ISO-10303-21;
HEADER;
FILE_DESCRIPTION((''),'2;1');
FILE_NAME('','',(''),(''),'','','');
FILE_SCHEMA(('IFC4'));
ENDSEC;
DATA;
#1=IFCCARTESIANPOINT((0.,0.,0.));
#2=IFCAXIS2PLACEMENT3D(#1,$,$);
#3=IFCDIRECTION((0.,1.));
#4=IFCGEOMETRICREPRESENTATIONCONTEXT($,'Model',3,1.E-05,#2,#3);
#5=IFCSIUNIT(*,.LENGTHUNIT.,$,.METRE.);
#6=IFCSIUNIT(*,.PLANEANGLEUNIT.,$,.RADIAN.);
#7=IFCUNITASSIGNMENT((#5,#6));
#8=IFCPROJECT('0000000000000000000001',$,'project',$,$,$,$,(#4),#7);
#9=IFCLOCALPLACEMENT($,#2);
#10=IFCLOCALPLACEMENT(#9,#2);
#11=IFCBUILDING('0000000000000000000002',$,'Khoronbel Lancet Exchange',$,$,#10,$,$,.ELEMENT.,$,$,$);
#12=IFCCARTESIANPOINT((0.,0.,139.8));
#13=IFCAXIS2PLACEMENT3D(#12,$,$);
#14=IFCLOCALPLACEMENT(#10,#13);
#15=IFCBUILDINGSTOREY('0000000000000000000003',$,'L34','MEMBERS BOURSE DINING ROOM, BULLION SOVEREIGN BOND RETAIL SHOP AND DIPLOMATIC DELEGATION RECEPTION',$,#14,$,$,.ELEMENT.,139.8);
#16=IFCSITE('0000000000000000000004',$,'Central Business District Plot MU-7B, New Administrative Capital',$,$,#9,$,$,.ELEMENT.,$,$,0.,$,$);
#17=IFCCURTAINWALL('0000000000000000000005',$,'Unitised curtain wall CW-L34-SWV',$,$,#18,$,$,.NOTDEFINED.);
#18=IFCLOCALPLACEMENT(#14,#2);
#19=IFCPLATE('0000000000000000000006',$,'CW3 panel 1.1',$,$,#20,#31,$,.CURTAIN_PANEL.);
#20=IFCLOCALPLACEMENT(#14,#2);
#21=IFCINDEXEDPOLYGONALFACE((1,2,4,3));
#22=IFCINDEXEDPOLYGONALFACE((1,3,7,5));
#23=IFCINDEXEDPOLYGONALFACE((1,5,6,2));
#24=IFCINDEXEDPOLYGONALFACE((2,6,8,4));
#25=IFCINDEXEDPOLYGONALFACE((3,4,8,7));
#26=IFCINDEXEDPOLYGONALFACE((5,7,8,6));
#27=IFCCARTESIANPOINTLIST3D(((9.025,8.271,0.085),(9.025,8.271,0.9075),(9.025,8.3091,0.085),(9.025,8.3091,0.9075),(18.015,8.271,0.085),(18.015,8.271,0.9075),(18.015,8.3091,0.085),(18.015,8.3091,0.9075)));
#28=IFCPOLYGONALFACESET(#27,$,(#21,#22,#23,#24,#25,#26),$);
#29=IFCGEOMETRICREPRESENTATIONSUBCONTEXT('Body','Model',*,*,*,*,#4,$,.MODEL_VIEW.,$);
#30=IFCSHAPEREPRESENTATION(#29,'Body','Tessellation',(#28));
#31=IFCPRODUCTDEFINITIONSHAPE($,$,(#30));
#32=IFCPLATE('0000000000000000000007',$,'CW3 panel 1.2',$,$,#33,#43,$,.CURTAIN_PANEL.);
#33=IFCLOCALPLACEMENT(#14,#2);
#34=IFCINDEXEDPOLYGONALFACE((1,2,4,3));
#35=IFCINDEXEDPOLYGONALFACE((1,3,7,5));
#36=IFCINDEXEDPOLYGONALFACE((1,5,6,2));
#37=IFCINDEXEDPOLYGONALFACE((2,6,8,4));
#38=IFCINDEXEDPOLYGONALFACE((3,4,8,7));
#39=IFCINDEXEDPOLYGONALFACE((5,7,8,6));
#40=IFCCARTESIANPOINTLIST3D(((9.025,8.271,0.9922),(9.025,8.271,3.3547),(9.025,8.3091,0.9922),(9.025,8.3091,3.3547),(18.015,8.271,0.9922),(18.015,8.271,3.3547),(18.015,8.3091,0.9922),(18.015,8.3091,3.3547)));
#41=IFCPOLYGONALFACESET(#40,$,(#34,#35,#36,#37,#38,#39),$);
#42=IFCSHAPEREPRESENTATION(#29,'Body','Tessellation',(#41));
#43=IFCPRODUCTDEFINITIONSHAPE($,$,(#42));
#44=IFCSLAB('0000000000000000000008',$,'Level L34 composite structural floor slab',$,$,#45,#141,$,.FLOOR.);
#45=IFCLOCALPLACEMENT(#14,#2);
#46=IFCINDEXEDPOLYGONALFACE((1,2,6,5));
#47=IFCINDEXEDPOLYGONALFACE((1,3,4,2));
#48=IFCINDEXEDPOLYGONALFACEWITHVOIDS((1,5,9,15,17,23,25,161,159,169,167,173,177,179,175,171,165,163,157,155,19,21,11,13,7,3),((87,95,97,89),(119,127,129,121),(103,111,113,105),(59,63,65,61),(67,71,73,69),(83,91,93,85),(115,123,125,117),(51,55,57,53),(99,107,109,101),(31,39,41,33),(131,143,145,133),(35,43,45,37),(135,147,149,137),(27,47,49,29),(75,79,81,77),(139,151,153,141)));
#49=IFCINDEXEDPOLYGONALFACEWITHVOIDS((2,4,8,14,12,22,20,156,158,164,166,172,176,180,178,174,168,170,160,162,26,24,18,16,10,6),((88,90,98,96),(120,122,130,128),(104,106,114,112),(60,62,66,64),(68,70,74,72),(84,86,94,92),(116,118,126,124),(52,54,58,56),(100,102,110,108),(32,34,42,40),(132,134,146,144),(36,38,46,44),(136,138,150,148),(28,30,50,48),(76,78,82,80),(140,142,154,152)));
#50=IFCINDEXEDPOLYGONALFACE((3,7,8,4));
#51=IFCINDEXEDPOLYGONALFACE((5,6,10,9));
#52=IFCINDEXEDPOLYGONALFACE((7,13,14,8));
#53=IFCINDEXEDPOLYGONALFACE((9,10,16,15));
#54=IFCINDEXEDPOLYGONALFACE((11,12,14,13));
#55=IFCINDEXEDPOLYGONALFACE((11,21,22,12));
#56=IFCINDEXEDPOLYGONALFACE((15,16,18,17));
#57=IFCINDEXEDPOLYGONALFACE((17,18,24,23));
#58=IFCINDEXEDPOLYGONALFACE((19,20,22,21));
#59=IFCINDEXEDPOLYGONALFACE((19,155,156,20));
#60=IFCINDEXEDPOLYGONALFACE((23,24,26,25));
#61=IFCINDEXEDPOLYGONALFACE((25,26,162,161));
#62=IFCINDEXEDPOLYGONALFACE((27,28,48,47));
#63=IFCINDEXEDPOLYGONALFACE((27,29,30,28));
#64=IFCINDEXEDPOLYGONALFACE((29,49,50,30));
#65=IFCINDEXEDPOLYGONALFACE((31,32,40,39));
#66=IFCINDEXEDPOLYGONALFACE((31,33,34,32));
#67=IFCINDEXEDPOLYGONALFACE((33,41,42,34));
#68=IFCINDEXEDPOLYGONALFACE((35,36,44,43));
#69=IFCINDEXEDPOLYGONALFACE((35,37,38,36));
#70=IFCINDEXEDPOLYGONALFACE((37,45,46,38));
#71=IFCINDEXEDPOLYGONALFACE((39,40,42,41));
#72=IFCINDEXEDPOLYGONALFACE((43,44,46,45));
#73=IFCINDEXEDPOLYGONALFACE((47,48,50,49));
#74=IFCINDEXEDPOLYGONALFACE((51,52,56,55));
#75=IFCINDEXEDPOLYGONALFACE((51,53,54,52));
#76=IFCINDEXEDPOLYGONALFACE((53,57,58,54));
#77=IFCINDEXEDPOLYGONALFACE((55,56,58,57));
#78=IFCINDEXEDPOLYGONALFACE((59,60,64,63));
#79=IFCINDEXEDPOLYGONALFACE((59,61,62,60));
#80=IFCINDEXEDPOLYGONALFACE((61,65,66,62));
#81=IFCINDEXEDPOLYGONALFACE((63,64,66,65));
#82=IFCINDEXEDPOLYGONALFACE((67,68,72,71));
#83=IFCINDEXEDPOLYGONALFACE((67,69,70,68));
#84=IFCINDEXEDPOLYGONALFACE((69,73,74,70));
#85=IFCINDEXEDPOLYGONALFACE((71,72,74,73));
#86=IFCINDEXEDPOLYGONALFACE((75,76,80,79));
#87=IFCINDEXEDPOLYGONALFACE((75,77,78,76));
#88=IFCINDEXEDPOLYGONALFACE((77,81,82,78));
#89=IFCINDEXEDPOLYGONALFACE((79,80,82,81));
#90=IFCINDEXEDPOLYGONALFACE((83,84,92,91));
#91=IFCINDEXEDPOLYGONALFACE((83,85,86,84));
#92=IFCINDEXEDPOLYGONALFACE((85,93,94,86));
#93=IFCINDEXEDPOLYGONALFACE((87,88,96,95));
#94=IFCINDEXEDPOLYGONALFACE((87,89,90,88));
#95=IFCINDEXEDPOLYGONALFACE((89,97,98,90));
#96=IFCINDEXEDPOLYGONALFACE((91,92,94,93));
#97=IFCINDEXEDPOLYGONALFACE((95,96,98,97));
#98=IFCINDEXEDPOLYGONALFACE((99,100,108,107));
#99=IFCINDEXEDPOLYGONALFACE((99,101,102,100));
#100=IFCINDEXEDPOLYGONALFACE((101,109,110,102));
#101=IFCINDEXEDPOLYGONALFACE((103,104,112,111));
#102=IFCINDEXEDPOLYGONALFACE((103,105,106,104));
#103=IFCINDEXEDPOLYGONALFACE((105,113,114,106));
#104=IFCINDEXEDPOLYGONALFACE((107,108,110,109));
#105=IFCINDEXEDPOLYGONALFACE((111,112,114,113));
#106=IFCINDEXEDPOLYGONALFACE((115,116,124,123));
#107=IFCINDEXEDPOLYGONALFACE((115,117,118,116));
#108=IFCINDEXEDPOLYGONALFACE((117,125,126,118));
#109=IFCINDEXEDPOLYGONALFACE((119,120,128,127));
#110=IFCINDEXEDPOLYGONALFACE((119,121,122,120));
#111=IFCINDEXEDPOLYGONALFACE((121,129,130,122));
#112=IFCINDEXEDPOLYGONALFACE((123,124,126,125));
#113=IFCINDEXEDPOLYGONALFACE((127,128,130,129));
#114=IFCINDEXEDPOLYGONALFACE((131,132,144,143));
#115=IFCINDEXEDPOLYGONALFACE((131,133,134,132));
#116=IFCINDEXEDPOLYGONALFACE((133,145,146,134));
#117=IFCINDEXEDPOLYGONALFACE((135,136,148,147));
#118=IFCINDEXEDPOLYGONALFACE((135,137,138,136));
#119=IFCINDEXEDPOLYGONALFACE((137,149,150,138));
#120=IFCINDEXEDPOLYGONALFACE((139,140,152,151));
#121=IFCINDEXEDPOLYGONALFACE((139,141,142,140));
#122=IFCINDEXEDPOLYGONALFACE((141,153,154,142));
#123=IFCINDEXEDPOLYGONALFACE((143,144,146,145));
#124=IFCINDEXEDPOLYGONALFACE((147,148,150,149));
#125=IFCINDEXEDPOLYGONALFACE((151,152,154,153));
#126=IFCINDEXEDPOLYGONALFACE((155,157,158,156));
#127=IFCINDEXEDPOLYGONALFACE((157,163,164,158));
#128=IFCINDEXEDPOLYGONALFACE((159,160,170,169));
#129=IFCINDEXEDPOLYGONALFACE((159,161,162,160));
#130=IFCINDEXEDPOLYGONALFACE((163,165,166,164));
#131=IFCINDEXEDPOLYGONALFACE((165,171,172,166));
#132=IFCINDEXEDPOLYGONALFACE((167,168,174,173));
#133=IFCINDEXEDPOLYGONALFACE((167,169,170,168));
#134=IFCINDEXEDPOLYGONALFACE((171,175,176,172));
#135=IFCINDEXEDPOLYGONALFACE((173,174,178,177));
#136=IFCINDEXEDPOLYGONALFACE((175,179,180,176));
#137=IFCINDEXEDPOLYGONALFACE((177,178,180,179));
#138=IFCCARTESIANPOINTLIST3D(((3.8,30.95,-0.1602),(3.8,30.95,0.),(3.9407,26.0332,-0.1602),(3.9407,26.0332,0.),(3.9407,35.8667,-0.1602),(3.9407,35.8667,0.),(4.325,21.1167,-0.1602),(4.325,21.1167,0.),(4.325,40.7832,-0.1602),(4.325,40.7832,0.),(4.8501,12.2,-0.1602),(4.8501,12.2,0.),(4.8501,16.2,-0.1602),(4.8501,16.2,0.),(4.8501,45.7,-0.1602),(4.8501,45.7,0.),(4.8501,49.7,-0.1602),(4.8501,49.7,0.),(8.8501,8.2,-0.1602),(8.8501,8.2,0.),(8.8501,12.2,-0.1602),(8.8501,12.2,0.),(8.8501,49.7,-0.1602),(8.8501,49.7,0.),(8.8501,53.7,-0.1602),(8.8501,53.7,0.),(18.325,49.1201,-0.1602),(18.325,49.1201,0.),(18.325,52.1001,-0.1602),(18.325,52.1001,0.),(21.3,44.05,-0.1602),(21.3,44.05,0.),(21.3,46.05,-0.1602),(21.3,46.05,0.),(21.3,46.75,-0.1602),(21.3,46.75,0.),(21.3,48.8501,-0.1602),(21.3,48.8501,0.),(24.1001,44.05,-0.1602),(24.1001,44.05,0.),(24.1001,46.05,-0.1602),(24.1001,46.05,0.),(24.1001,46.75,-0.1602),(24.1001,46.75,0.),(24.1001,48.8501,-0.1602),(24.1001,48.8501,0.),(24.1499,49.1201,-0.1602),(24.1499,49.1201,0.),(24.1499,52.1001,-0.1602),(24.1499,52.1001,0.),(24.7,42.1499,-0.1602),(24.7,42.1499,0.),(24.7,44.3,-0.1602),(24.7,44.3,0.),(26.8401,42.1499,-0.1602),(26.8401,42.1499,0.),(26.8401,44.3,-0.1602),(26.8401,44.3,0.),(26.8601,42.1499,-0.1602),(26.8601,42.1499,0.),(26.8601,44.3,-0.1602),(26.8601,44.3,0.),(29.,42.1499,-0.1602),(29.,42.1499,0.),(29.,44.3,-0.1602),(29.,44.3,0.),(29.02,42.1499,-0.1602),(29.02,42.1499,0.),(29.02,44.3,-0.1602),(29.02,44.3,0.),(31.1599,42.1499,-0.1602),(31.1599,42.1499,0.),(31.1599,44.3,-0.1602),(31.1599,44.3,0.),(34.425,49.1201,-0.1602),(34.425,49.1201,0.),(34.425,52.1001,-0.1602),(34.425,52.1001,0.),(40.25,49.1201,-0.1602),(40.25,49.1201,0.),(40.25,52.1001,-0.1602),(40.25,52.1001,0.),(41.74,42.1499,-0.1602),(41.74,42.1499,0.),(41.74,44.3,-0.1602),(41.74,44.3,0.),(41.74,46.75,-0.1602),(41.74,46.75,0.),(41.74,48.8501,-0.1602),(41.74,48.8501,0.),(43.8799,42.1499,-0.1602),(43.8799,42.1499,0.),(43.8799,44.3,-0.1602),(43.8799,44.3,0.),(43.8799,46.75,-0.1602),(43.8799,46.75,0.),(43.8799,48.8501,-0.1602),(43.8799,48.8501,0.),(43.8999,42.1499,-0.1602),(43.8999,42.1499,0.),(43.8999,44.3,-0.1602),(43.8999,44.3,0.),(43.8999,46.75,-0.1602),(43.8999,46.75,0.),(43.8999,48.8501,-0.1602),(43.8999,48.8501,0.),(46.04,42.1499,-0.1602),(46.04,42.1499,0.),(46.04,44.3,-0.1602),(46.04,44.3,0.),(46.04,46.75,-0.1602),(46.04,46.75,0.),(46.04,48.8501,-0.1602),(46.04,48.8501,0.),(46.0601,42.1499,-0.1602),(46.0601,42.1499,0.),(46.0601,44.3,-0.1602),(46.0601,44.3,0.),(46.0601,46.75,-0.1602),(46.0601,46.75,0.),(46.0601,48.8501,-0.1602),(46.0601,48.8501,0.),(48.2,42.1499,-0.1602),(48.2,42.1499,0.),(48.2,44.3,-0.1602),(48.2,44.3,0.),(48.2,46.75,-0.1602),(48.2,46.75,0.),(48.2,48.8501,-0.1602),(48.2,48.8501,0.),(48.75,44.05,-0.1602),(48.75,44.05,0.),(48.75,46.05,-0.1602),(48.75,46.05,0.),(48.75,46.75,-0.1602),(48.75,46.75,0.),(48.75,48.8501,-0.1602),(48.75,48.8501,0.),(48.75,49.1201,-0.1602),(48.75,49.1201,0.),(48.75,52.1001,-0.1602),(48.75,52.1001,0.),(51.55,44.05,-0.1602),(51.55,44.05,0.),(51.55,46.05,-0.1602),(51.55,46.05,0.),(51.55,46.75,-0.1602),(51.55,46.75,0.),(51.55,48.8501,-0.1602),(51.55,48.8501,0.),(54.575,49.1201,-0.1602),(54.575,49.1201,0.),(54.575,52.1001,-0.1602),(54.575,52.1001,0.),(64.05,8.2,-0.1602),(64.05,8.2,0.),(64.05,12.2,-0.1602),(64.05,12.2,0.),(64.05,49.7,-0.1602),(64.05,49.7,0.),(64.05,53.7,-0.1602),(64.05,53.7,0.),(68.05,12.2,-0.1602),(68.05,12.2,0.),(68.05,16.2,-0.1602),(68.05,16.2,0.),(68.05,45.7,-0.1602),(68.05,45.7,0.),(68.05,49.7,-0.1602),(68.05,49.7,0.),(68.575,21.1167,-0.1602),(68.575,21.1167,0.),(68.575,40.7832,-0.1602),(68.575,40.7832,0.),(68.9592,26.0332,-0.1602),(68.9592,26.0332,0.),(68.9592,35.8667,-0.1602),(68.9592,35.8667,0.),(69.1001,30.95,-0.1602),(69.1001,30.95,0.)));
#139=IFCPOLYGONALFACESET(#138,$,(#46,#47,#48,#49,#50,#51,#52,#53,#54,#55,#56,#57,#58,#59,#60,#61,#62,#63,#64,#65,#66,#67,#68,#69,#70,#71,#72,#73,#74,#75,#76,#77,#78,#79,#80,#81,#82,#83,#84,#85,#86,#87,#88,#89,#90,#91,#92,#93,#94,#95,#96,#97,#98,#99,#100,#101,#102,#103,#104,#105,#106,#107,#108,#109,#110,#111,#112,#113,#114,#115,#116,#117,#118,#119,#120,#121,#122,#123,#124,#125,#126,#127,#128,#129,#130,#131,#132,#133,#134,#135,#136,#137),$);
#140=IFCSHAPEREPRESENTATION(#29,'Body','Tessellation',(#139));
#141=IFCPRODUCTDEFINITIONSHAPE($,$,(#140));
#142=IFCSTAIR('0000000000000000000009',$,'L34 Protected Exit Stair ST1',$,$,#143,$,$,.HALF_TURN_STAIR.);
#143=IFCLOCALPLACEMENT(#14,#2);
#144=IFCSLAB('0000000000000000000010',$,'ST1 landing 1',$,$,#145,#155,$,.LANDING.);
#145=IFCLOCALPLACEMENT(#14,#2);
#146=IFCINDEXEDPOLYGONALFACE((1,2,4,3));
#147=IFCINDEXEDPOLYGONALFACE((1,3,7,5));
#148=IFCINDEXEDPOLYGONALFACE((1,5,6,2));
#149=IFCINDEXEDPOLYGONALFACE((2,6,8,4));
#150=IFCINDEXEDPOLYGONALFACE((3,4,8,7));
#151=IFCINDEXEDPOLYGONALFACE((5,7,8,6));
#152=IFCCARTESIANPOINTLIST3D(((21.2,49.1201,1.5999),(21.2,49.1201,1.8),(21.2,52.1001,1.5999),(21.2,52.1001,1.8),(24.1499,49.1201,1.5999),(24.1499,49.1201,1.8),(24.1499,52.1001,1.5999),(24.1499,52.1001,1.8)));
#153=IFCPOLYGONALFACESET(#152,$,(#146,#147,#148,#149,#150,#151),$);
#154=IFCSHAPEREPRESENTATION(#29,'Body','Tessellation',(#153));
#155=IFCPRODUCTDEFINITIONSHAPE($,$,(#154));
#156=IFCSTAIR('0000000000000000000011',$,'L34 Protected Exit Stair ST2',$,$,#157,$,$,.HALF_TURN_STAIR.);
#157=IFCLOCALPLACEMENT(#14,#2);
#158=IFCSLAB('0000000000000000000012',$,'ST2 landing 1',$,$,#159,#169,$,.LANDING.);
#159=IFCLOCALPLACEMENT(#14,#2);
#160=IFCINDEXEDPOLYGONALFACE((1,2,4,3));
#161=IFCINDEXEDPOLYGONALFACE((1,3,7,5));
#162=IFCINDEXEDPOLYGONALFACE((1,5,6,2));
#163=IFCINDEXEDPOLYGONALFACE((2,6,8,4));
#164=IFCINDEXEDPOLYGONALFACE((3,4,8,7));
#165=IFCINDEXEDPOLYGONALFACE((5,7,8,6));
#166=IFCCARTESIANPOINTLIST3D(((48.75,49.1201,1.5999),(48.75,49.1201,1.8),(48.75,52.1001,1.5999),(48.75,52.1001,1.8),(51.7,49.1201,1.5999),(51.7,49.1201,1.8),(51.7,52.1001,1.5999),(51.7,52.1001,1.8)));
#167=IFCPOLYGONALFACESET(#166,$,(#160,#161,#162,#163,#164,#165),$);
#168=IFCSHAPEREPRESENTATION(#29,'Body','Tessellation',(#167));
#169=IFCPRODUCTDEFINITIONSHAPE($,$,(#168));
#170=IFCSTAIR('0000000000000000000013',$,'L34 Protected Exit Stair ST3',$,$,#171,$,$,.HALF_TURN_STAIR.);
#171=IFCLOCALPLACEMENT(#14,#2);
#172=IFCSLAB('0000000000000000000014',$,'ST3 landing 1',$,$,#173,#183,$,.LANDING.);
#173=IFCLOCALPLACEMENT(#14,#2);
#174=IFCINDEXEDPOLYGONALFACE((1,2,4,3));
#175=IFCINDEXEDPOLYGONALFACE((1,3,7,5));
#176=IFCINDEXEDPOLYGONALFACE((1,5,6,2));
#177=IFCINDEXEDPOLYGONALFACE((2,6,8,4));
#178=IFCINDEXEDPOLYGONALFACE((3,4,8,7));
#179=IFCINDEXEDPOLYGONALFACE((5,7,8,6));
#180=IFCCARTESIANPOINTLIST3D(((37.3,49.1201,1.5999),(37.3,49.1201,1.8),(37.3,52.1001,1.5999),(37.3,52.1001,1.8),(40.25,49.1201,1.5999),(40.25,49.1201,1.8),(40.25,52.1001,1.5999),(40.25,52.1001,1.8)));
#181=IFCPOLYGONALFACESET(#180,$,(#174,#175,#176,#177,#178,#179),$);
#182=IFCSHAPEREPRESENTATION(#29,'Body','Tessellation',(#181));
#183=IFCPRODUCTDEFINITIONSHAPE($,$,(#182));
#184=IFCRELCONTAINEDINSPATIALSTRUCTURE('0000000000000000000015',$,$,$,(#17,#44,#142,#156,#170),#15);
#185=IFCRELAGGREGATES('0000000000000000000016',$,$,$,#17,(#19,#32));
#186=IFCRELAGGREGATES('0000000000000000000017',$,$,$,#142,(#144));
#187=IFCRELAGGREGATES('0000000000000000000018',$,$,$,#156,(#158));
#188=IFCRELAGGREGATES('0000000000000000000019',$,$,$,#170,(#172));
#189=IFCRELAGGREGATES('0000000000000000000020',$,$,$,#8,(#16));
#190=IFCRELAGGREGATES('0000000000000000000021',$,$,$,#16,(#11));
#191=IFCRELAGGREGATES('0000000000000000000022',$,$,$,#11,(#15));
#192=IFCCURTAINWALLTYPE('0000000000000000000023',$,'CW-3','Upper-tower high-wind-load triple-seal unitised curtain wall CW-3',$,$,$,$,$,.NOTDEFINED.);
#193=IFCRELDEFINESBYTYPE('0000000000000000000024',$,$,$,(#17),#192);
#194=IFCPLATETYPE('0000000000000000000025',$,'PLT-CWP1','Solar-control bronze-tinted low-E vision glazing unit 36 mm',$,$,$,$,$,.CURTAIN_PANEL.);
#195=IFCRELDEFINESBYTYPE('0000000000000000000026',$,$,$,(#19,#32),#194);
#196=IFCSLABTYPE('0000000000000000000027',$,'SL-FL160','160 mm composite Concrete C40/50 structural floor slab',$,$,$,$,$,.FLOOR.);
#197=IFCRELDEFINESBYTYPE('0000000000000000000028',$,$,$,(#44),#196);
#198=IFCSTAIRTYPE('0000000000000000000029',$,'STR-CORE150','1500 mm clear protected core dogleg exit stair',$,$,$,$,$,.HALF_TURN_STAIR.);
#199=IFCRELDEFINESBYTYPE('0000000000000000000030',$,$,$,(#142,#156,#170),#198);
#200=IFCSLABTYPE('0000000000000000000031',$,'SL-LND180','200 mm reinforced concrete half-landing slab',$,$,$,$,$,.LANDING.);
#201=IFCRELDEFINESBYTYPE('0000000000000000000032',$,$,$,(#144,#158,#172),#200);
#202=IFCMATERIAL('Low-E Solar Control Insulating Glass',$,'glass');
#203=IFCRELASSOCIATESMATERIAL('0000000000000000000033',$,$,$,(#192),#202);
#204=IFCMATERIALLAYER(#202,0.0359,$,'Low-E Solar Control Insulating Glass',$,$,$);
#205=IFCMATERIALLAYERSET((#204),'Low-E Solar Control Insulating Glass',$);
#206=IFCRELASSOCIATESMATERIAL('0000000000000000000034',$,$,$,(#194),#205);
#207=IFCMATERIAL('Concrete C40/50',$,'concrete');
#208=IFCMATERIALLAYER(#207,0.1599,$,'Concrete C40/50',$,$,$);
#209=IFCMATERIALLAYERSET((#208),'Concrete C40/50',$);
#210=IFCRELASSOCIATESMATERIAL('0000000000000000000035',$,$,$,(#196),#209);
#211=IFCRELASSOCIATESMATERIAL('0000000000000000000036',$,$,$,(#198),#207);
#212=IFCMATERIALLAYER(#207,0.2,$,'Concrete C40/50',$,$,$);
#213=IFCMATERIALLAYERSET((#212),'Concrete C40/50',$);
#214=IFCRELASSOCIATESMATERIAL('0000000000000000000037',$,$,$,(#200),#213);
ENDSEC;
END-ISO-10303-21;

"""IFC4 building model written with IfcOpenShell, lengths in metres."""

from ifc_helpers import new_model, si_unit, direction, frame, origin, origin_2d, place, context, subcontext, project, spatial, polyline, rectangle, outline, extrude, material, layer, layer_set, type_object, element, aggregate, save


model = new_model("IFC4")

# Units and contexts
model_context = context("Model", 3, precision=1e-05, world=origin(), true_north=direction((0.0, 1.0)))
body_context = subcontext(model_context, "Body", "Model", "MODEL_VIEW")
ifc_project = project(units=[si_unit("LENGTHUNIT", "METRE"), si_unit("PLANEANGLEUNIT", "RADIAN")], contexts=[model_context])

# Site, building, storey
site_placement = place(None, origin())
site = spatial("IfcSite", under=ifc_project, at=site_placement, Name="Central Business District Plot MU-7B, New Administrative Capital", CompositionType="ELEMENT", RefElevation=0.0)
building_placement = place(site_placement, origin())
building = spatial("IfcBuilding", under=site, at=building_placement, Name="Khoronbel Lancet Exchange", CompositionType="ELEMENT")
storey_placement = place(building_placement, frame((0.0, 0.0, 139.8)))
storey = spatial("IfcBuildingStorey", under=building, at=storey_placement, Name="L34", Description="MEMBERS BOURSE DINING ROOM, BULLION SOVEREIGN BOND RETAIL SHOP AND DIPLOMATIC DELEGATION RECEPTION", CompositionType="ELEMENT", Elevation=139.8)

# Curtain wall
ifc_material_1 = material(Name="Low-E Solar Control Insulating Glass", Category="glass")
curtain_wall_type = type_object("IfcCurtainWallType", Name="CW-3", Description="Upper-tower high-wind-load triple-seal unitised curtain wall CW-3", PredefinedType="NOTDEFINED", material=ifc_material_1)
curtain_wall_1_placement = place(storey_placement, origin())
curtain_wall_1 = element("IfcCurtainWall", 1, at=curtain_wall_1_placement, inside=storey, type_object=curtain_wall_type, Name="Unitised curtain wall CW-L34-SWV", PredefinedType="NOTDEFINED")

# Plates
ifc_layer_1 = layer(ifc_material_1, 0.0359, Name="Low-E Solar Control Insulating Glass")
ifc_layer_set_1 = layer_set([ifc_layer_1], Name="Low-E Solar Control Insulating Glass")
plate_type = type_object("IfcPlateType", Name="PLT-CWP1", Description="Solar-control bronze-tinted low-E vision glazing unit 36 mm", PredefinedType="CURTAIN_PANEL", material=ifc_layer_set_1)
plate_1_placement = place(storey_placement, frame((13.52, 8.29, 0.085), z_axis=(0.0, 0.0, 1.0), x_axis=(1.0, 0.0, 0.0)))
plate_1 = element("IfcPlate", 2, at=plate_1_placement, type_object=plate_type, Name="CW3 panel 1.1", PredefinedType="CURTAIN_PANEL", context=body_context, shape_type="SweptSolid", body=[
    extrude(rectangle(XDim=8.99, YDim=0.0381, at=origin_2d()), origin(), (0.0, 0.0, 1.0), 0.8225),
])
plate_2_placement = place(storey_placement, frame((13.52, 8.29, 0.9922), z_axis=(0.0, 0.0, 1.0), x_axis=(1.0, 0.0, 0.0)))
plate_2 = element("IfcPlate", 3, at=plate_2_placement, type_object=plate_type, Name="CW3 panel 1.2", PredefinedType="CURTAIN_PANEL", context=body_context, shape_type="SweptSolid", body=[
    extrude(rectangle(XDim=8.99, YDim=0.0381, at=origin_2d()), origin(), (0.0, 0.0, 1.0), 2.3625),
])
aggregate(curtain_wall_1, [plate_1, plate_2])

# Slab
ifc_material_2 = material(Name="Concrete C40/50", Category="concrete")
ifc_layer_2 = layer(ifc_material_2, 0.1599, Name="Concrete C40/50")
ifc_layer_set_2 = layer_set([ifc_layer_2], Name="Concrete C40/50")
slab_type_1 = type_object("IfcSlabType", Name="SL-FL160", Description="160 mm composite Concrete C40/50 structural floor slab", PredefinedType="FLOOR", material=ifc_layer_set_2)
slab_1_placement = place(storey_placement, frame((0.0, 0.0, -0.1602)))
element("IfcSlab", 4, at=slab_1_placement, inside=storey, type_object=slab_type_1, Name="Level L34 composite structural floor slab", PredefinedType="FLOOR", context=body_context, shape_type="SweptSolid", body=[
    extrude(outline(polyline([(8.8501, 8.2), (64.05, 8.2), (64.05, 12.2), (68.05, 12.2), (68.05, 16.2), (68.575, 21.1167), (68.9592, 26.0332), (69.1001, 30.95), (68.9592, 35.8667), (68.575, 40.7832), (68.05, 45.7), (68.05, 49.7), (64.05, 49.7), (64.05, 53.7), (8.8501, 53.7), (8.8501, 49.7), (4.8501, 49.7), (4.8501, 45.7), (4.325, 40.7832), (3.9407, 35.8667), (3.8, 30.95), (3.9407, 26.0332), (4.325, 21.1167), (4.8501, 16.2), (4.8501, 12.2), (8.8501, 12.2), (8.8501, 8.2)]), holes=[polyline([(18.325, 49.1201), (24.1499, 49.1201), (24.1499, 52.1001), (18.325, 52.1001), (18.325, 49.1201)]), polyline([(48.75, 49.1201), (54.575, 49.1201), (54.575, 52.1001), (48.75, 52.1001), (48.75, 49.1201)]), polyline([(34.425, 49.1201), (40.25, 49.1201), (40.25, 52.1001), (34.425, 52.1001), (34.425, 49.1201)]), polyline([(24.7, 42.1499), (26.8401, 42.1499), (26.8401, 44.3), (24.7, 44.3), (24.7, 42.1499)]), polyline([(26.8601, 42.1499), (29.0, 42.1499), (29.0, 44.3), (26.8601, 44.3), (26.8601, 42.1499)]), polyline([(29.02, 42.1499), (31.1599, 42.1499), (31.1599, 44.3), (29.02, 44.3), (29.02, 42.1499)]), polyline([(41.74, 46.75), (43.8799, 46.75), (43.8799, 48.8501), (41.74, 48.8501), (41.74, 46.75)]), polyline([(43.8999, 46.75), (46.04, 46.75), (46.04, 48.8501), (43.8999, 48.8501), (43.8999, 46.75)]), polyline([(46.0601, 46.75), (48.2, 46.75), (48.2, 48.8501), (46.0601, 48.8501), (46.0601, 46.75)]), polyline([(41.74, 42.1499), (43.8799, 42.1499), (43.8799, 44.3), (41.74, 44.3), (41.74, 42.1499)]), polyline([(43.8999, 42.1499), (46.04, 42.1499), (46.04, 44.3), (43.8999, 44.3), (43.8999, 42.1499)]), polyline([(46.0601, 42.1499), (48.2, 42.1499), (48.2, 44.3), (46.0601, 44.3), (46.0601, 42.1499)]), polyline([(21.3, 46.75), (24.1001, 46.75), (24.1001, 48.8501), (21.3, 48.8501), (21.3, 46.75)]), polyline([(48.75, 46.75), (51.55, 46.75), (51.55, 48.8501), (48.75, 48.8501), (48.75, 46.75)]), polyline([(21.3, 44.05), (24.1001, 44.05), (24.1001, 46.05), (21.3, 46.05), (21.3, 44.05)]), polyline([(48.75, 44.05), (51.55, 44.05), (51.55, 46.05), (48.75, 46.05), (48.75, 44.05)])]), origin(), (0.0, 0.0, 1.0), 0.1602),
])

# Stairs, slabs
stair_type = type_object("IfcStairType", Name="STR-CORE150", Description="1500 mm clear protected core dogleg exit stair", PredefinedType="HALF_TURN_STAIR", material=ifc_material_2)
stair_1_placement = place(storey_placement, origin())
stair_1 = element("IfcStair", 5, at=stair_1_placement, inside=storey, type_object=stair_type, Name="L34 Protected Exit Stair ST1", PredefinedType="HALF_TURN_STAIR")
ifc_layer_3 = layer(ifc_material_2, 0.2, Name="Concrete C40/50")
ifc_layer_set_3 = layer_set([ifc_layer_3], Name="Concrete C40/50")
slab_type_2 = type_object("IfcSlabType", Name="SL-LND180", Description="200 mm reinforced concrete half-landing slab", PredefinedType="LANDING", material=ifc_layer_set_3)
slab_2_placement = place(storey_placement, frame((0.0, 0.0, 1.5999)))
slab_2 = element("IfcSlab", 6, at=slab_2_placement, type_object=slab_type_2, Name="ST1 landing 1", PredefinedType="LANDING", context=body_context, shape_type="SweptSolid", body=[
    extrude(outline(polyline([(21.2, 49.1201), (24.1499, 49.1201), (24.1499, 52.1001), (21.2, 52.1001), (21.2, 49.1201)])), origin(), (0.0, 0.0, 1.0), 0.2002),
])
aggregate(stair_1, [slab_2])
stair_2_placement = place(storey_placement, origin())
stair_2 = element("IfcStair", 7, at=stair_2_placement, inside=storey, type_object=stair_type, Name="L34 Protected Exit Stair ST2", PredefinedType="HALF_TURN_STAIR")
slab_3_placement = place(storey_placement, frame((0.0, 0.0, 1.5999)))
slab_3 = element("IfcSlab", 8, at=slab_3_placement, type_object=slab_type_2, Name="ST2 landing 1", PredefinedType="LANDING", context=body_context, shape_type="SweptSolid", body=[
    extrude(outline(polyline([(51.7, 52.1001), (48.75, 52.1001), (48.75, 49.1201), (51.7, 49.1201), (51.7, 52.1001)])), origin(), (0.0, 0.0, 1.0), 0.2002),
])
aggregate(stair_2, [slab_3])
stair_3_placement = place(storey_placement, origin())
stair_3 = element("IfcStair", 9, at=stair_3_placement, inside=storey, type_object=stair_type, Name="L34 Protected Exit Stair ST3", PredefinedType="HALF_TURN_STAIR")
slab_4_placement = place(storey_placement, frame((0.0, 0.0, 1.5999)))
slab_4 = element("IfcSlab", 10, at=slab_4_placement, type_object=slab_type_2, Name="ST3 landing 1", PredefinedType="LANDING", context=body_context, shape_type="SweptSolid", body=[
    extrude(outline(polyline([(37.3, 49.1201), (40.25, 49.1201), (40.25, 52.1001), (37.3, 52.1001), (37.3, 49.1201)])), origin(), (0.0, 0.0, 1.0), 0.2002),
])
aggregate(stair_3, [slab_4])

save(model, "model.ifc")
